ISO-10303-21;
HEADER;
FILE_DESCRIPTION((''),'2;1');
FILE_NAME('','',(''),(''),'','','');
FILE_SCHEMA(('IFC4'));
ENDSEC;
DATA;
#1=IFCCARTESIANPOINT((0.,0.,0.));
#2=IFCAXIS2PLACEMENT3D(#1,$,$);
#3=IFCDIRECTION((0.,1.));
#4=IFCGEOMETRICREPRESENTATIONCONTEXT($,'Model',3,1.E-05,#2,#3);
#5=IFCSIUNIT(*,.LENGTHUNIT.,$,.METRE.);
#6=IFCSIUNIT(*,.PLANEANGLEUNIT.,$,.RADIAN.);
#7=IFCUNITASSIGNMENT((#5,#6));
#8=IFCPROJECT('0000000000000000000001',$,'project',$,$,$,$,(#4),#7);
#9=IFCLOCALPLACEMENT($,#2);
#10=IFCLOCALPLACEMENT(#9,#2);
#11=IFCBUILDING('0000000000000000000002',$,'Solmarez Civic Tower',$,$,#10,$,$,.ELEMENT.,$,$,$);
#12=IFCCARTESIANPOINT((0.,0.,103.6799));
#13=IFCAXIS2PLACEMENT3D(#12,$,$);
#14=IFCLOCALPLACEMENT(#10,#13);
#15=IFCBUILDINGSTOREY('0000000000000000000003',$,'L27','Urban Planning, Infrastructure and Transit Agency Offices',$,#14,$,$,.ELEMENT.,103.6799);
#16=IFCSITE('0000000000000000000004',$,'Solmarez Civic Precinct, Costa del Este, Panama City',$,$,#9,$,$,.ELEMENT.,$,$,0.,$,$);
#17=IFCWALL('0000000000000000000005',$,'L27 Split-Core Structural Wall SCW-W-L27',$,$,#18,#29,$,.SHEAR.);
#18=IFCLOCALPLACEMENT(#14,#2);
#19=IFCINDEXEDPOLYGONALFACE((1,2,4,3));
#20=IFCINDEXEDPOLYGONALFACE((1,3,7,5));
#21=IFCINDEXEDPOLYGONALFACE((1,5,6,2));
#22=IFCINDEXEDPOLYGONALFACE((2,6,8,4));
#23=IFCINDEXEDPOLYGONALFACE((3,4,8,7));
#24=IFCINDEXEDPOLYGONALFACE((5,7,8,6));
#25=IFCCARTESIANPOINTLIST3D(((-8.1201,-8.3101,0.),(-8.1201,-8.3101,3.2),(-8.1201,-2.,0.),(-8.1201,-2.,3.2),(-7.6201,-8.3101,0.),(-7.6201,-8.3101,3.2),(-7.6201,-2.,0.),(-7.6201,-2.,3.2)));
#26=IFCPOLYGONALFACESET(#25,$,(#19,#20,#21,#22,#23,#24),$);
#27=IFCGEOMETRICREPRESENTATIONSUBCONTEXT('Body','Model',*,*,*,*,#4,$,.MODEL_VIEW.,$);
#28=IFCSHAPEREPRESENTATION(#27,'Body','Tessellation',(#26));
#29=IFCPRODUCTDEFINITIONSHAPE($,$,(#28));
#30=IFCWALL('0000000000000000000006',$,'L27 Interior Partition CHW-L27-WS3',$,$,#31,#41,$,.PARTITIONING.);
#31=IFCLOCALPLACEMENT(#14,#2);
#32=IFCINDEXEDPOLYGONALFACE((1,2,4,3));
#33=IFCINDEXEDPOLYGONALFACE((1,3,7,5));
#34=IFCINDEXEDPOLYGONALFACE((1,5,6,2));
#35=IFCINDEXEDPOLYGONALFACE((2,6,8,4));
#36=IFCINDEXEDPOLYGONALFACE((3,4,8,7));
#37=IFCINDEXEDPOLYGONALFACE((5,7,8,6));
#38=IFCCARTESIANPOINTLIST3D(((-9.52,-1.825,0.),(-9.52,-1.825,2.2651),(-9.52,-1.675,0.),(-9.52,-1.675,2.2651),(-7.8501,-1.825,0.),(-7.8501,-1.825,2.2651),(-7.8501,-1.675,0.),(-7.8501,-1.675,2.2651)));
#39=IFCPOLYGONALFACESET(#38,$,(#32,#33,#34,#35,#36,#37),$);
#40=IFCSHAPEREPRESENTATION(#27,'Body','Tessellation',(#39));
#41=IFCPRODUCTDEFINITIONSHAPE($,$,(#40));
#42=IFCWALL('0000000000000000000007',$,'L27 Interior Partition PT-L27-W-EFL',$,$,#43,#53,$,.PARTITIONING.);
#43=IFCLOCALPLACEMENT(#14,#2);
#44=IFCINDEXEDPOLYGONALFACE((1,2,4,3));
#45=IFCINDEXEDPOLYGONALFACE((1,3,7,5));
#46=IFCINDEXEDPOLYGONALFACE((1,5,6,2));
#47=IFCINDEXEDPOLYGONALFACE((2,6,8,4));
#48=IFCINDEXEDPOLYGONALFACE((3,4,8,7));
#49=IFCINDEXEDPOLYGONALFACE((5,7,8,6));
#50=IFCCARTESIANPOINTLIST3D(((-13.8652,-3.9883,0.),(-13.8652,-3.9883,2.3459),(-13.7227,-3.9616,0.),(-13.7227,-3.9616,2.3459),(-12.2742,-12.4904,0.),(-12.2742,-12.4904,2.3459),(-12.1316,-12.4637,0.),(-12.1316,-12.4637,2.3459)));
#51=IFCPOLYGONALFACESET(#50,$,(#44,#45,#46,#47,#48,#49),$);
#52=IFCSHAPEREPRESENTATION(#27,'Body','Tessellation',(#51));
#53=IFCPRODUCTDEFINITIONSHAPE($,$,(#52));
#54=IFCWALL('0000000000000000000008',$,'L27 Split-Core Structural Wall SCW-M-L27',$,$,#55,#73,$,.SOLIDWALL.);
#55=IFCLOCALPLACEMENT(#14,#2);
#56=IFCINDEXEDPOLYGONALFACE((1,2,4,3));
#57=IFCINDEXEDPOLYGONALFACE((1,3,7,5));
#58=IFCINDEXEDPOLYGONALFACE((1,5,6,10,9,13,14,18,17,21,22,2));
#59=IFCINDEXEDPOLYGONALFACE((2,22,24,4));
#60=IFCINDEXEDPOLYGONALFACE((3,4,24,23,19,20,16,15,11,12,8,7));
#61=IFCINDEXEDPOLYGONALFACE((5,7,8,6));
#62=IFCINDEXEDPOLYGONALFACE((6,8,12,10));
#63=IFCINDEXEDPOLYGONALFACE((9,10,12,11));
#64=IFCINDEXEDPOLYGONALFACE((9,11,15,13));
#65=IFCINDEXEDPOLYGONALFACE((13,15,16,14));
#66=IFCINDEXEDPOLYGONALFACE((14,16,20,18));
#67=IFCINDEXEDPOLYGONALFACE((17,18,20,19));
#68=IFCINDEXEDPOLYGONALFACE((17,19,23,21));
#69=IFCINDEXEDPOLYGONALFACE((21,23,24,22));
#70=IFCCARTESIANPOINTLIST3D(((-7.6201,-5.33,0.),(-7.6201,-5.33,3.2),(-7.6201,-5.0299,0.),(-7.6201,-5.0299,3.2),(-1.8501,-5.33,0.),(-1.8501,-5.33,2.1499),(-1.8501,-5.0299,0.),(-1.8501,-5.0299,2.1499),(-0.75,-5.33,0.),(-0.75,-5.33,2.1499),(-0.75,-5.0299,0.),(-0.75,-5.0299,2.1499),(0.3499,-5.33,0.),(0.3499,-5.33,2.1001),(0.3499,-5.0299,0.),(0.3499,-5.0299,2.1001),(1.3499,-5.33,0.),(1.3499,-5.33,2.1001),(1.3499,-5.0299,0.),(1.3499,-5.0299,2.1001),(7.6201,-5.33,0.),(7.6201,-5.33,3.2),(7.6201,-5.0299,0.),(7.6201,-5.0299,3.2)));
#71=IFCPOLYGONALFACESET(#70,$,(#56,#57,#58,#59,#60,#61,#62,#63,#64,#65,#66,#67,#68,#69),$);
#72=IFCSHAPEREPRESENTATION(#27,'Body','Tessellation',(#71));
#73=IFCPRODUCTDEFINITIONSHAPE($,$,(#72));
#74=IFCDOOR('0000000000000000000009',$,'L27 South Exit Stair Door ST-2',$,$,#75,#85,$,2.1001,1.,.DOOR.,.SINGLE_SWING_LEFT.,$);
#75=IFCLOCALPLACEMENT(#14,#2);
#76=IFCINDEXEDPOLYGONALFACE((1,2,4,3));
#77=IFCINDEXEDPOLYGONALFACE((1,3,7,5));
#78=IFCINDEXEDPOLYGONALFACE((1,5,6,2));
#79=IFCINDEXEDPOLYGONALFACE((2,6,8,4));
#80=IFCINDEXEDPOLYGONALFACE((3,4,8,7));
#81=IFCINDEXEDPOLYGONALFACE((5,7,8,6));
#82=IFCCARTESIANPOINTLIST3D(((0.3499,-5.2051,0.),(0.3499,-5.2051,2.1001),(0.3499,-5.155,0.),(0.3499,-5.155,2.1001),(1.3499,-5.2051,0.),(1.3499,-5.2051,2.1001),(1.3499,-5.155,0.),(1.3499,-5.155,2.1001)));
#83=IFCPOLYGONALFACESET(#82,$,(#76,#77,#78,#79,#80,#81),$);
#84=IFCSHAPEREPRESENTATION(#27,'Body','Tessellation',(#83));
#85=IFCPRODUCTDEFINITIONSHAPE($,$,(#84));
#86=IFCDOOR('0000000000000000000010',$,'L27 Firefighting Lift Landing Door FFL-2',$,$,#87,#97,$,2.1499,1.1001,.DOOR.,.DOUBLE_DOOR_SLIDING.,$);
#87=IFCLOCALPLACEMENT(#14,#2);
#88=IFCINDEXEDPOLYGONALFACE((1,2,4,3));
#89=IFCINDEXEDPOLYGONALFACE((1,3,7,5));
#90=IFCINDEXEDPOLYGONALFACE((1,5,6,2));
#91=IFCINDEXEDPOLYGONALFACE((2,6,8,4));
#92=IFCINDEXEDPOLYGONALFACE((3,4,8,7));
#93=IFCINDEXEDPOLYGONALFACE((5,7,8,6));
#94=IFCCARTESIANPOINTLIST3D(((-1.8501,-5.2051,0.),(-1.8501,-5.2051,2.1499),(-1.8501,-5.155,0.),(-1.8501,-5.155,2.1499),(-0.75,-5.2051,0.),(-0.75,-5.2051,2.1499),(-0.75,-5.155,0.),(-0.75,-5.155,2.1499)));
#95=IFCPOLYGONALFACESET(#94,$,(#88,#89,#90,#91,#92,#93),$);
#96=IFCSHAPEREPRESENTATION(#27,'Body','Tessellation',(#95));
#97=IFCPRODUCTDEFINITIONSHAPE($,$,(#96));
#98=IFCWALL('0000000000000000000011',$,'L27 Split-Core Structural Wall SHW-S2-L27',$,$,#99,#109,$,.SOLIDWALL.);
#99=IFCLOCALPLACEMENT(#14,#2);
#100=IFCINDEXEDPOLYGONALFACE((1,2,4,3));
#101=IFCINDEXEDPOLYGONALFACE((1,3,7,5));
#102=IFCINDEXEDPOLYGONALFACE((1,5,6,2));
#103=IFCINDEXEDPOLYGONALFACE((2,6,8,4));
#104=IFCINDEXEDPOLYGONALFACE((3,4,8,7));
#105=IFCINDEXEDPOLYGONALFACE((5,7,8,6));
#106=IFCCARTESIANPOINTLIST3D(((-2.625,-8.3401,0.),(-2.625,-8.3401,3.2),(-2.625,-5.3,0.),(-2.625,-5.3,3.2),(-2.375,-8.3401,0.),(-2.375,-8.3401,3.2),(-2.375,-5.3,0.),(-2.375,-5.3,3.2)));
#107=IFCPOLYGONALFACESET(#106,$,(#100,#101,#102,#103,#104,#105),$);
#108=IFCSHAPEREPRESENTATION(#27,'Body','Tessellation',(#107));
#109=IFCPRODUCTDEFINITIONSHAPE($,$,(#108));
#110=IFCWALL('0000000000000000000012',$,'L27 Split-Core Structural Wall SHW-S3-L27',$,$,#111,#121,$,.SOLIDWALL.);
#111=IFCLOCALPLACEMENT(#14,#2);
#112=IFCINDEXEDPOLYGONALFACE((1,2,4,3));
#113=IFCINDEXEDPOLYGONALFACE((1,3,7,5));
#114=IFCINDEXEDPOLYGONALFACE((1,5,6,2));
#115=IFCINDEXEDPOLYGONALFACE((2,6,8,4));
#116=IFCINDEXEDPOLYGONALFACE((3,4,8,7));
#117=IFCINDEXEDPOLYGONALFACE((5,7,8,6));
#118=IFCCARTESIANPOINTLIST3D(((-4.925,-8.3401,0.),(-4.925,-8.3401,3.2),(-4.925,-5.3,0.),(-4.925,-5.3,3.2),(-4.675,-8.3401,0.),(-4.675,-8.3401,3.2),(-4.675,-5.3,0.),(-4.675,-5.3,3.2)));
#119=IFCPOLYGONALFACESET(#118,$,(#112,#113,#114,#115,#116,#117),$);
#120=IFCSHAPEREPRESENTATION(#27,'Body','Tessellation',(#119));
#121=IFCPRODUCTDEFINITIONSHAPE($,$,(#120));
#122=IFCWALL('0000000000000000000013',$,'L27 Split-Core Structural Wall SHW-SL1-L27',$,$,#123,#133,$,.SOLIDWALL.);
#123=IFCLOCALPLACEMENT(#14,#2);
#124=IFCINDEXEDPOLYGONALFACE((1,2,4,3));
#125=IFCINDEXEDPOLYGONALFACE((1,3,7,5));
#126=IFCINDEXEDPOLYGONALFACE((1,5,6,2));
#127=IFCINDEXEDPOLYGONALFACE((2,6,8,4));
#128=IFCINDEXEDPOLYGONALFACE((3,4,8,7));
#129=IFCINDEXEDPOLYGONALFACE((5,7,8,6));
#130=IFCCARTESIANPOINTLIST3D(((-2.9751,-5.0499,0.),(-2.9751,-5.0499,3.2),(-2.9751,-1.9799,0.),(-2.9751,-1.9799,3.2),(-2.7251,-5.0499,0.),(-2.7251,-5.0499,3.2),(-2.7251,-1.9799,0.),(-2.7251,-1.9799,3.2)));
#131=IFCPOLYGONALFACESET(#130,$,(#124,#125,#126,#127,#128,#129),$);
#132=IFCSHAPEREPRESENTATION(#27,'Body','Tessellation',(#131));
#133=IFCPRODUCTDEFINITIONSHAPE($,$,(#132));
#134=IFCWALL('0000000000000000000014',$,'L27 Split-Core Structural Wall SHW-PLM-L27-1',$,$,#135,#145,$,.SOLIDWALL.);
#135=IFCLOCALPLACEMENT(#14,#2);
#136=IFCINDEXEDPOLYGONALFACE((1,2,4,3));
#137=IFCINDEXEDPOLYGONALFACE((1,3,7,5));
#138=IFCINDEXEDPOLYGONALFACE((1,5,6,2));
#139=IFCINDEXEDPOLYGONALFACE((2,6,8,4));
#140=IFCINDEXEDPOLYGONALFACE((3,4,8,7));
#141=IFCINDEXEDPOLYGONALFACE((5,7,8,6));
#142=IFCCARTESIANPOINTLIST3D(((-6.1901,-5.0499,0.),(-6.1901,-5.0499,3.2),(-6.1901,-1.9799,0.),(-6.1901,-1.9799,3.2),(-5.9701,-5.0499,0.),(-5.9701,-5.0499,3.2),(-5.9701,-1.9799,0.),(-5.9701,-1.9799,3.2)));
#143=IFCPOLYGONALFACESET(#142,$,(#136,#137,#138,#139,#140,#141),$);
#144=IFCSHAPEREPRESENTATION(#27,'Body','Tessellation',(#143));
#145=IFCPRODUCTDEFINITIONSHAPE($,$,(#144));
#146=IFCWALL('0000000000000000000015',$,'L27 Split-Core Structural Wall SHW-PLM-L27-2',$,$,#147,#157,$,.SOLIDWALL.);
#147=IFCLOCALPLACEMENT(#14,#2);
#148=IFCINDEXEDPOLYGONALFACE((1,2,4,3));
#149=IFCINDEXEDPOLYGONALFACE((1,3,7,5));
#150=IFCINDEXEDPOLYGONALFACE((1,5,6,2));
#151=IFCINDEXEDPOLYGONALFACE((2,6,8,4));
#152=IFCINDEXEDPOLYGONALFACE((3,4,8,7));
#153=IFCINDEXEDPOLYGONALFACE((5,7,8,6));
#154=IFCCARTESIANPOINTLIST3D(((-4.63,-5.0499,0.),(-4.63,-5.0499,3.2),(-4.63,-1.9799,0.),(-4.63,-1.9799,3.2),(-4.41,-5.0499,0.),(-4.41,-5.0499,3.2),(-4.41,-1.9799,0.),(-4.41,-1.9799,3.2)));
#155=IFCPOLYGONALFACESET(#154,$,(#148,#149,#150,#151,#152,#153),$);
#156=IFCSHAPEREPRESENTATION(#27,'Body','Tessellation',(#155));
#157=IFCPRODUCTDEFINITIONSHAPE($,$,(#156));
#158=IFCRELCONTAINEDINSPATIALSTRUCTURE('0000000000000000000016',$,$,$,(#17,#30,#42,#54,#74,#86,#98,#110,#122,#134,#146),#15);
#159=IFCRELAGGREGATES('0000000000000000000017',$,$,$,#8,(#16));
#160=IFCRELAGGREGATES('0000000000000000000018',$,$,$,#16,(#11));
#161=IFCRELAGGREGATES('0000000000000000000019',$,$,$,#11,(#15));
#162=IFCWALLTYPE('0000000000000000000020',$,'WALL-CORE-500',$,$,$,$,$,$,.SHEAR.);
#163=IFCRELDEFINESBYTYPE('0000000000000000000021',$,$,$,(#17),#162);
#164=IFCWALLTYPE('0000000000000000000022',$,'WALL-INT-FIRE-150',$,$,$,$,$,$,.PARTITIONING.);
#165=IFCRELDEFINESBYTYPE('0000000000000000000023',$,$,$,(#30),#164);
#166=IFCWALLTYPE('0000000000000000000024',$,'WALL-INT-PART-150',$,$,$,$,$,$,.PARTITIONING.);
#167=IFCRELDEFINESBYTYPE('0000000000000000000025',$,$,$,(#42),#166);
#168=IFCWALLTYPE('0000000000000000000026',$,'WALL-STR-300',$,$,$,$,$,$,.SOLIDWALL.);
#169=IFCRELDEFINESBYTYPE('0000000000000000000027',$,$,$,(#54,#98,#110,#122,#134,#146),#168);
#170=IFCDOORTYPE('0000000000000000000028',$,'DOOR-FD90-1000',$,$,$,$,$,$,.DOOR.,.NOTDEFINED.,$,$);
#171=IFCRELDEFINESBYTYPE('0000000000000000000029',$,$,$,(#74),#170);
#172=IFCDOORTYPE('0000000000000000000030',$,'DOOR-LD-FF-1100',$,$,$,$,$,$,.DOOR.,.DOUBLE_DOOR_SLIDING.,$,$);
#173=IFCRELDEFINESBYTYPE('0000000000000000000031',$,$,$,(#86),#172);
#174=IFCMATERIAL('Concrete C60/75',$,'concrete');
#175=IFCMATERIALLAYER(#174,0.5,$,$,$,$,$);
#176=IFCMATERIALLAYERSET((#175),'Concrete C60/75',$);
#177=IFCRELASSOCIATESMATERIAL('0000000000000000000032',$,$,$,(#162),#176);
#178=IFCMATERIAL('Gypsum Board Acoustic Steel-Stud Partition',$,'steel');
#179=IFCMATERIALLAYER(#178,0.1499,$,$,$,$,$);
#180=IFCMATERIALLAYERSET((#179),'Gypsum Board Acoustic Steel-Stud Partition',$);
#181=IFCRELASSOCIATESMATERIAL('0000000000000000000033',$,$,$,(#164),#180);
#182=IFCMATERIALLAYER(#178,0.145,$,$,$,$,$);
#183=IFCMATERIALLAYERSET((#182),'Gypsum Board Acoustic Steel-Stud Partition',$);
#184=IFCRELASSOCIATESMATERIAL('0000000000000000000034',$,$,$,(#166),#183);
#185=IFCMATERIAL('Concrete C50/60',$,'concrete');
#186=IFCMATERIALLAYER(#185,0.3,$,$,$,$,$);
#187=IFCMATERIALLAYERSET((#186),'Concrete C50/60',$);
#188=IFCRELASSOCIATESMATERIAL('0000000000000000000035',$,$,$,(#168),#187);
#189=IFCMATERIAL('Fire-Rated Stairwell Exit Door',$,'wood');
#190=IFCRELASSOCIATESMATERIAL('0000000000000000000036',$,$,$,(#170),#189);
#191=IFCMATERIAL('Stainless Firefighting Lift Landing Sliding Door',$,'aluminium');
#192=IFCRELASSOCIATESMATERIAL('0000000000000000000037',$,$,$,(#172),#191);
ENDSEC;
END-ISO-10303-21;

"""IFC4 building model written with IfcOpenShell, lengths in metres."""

from ifc_helpers import new_model, si_unit, direction, frame, frame_2d, origin, place, context, subcontext, project, spatial, rectangle, extrude, material, layer, layer_set, type_object, element, fill, save


model = new_model("IFC4")

# Units and contexts
model_context = context("Model", 3, precision=1e-05, world=origin(), true_north=direction((0.0, 1.0)))
body_context = subcontext(model_context, "Body", "Model", "MODEL_VIEW")
ifc_project = project(units=[si_unit("LENGTHUNIT", "METRE"), si_unit("PLANEANGLEUNIT", "RADIAN")], contexts=[model_context])

# Site, building, storey
site_placement = place(None, origin())
site = spatial("IfcSite", under=ifc_project, at=site_placement, Name="Solmarez Civic Precinct, Costa del Este, Panama City", CompositionType="ELEMENT", RefElevation=0.0)
building_placement = place(site_placement, origin())
building = spatial("IfcBuilding", under=site, at=building_placement, Name="Solmarez Civic Tower", CompositionType="ELEMENT")
storey_placement = place(building_placement, frame((0.0, 0.0, 103.6799)))
storey = spatial("IfcBuildingStorey", under=building, at=storey_placement, Name="L27", Description="Urban Planning, Infrastructure and Transit Agency Offices", CompositionType="ELEMENT", Elevation=103.6799)

# Shared definitions
ifc_material_1 = material(Name="Concrete C60/75", Category="concrete")

# Shared definitions
ifc_layer_1 = layer(ifc_material_1, 0.5)
ifc_layer_set_1 = layer_set([ifc_layer_1], Name="Concrete C60/75")
wall_type_1 = type_object("IfcWallType", Name="WALL-CORE-500", PredefinedType="SHEAR", material=ifc_layer_set_1)

# Walls
wall_1_placement = place(storey_placement, frame((-7.8701, -8.3101, 0.0), z_axis=(0.0, 0.0, 1.0), x_axis=(0.0, 1.0, 0.0)))
element("IfcWall", 1, at=wall_1_placement, inside=storey, type_object=wall_type_1, Name="L27 Split-Core Structural Wall SCW-W-L27", PredefinedType="SHEAR", context=body_context, shape_type="SweptSolid", body=[
    extrude(rectangle(XDim=6.3101, YDim=0.5, at=frame_2d((3.155, 0.0))), origin(), (0.0, 0.0, 1.0), 3.2),
])
ifc_material_2 = material(Name="Gypsum Board Acoustic Steel-Stud Partition", Category="steel")
ifc_layer_2 = layer(ifc_material_2, 0.1499)
ifc_layer_set_2 = layer_set([ifc_layer_2], Name="Gypsum Board Acoustic Steel-Stud Partition")
wall_type_2 = type_object("IfcWallType", Name="WALL-INT-FIRE-150", PredefinedType="PARTITIONING", material=ifc_layer_set_2)
wall_2_placement = place(storey_placement, frame((-7.8501, -1.75, 0.0), z_axis=(0.0, 0.0, 1.0), x_axis=(-1.0, 0.0, 0.0)))
element("IfcWall", 2, at=wall_2_placement, inside=storey, type_object=wall_type_2, Name="L27 Interior Partition CHW-L27-WS3", PredefinedType="PARTITIONING", context=body_context, shape_type="SweptSolid", body=[
    extrude(rectangle(XDim=1.6699, YDim=0.1499, at=frame_2d((0.835, 0.0))), origin(), (0.0, 0.0, 1.0), 2.2651),
])
ifc_layer_3 = layer(ifc_material_2, 0.145)
ifc_layer_set_3 = layer_set([ifc_layer_3], Name="Gypsum Board Acoustic Steel-Stud Partition")
wall_type_3 = type_object("IfcWallType", Name="WALL-INT-PART-150", PredefinedType="PARTITIONING", material=ifc_layer_set_3)
wall_3_placement = place(storey_placement, frame((-13.7939, -3.9751, 0.0), z_axis=(0.0, 0.0, 1.0), x_axis=(0.183948, -0.982936, 0.0)))
element("IfcWall", 3, at=wall_3_placement, inside=storey, type_object=wall_type_3, Name="L27 Interior Partition PT-L27-W-EFL", PredefinedType="PARTITIONING", context=body_context, shape_type="SweptSolid", body=[
    extrude(rectangle(XDim=8.6497, YDim=0.145, at=frame_2d((4.3247, 0.0))), origin(), (0.0, 0.0, 1.0), 2.3459),
])

# Wall, openings, doors
ifc_material_3 = material(Name="Concrete C50/60", Category="concrete")
ifc_layer_4 = layer(ifc_material_3, 0.3)
ifc_layer_set_4 = layer_set([ifc_layer_4], Name="Concrete C50/60")
wall_type_4 = type_object("IfcWallType", Name="WALL-STR-300", PredefinedType="SOLIDWALL", material=ifc_layer_set_4)
wall_4_placement = place(storey_placement, frame((-7.6201, -5.1799, 0.0), z_axis=(0.0, 0.0, 1.0), x_axis=(1.0, 0.0, 0.0)))
wall_4 = element("IfcWall", 4, at=wall_4_placement, inside=storey, type_object=wall_type_4, Name="L27 Split-Core Structural Wall SCW-M-L27", PredefinedType="SOLIDWALL", context=body_context, shape_type="SweptSolid", body=[
    extrude(rectangle(XDim=15.2402, YDim=0.3, at=frame_2d((7.6201, 0.0))), origin(), (0.0, 0.0, 1.0), 3.2),
])
opening_1_placement = place(wall_4_placement, frame((5.77, 0.0, 0.0)))
opening_1 = element("IfcOpeningElement", 5, at=opening_1_placement, cuts=wall_4, PredefinedType="OPENING", context=body_context, shape_type="SweptSolid", body=[
    extrude(rectangle(XDim=1.1001, YDim=2.1499, at=frame_2d((0.55, 1.075))), frame((0.0, 0.1599, 0.0), z_axis=(0.0, -1.0, 0.0), x_axis=(1.0, 0.0, 0.0)), (0.0, 0.0, 1.0), 0.3201),
])
opening_2_placement = place(wall_4_placement, frame((7.97, 0.0, 0.0)))
opening_2 = element("IfcOpeningElement", 6, at=opening_2_placement, cuts=wall_4, PredefinedType="OPENING", context=body_context, shape_type="SweptSolid", body=[
    extrude(rectangle(XDim=1.0, YDim=2.1001, at=frame_2d((0.5, 1.05))), frame((0.0, 0.1599, 0.0), z_axis=(0.0, -1.0, 0.0), x_axis=(1.0, 0.0, 0.0)), (0.0, 0.0, 1.0), 0.3201),
])
ifc_material_4 = material(Name="Fire-Rated Stairwell Exit Door", Category="wood")
door_type_1 = type_object("IfcDoorType", Name="DOOR-FD90-1000", OperationType="NOTDEFINED", PredefinedType="DOOR", material=ifc_material_4)
door_1_placement = place(opening_2_placement, origin())
door_1 = element("IfcDoor", 7, at=door_1_placement, inside=storey, type_object=door_type_1, Name="L27 South Exit Stair Door ST-2", OperationType="SINGLE_SWING_LEFT", OverallHeight=2.1001, OverallWidth=1.0, PredefinedType="DOOR", context=body_context, shape_type="SweptSolid", body=[
    extrude(rectangle(XDim=1.0, YDim=2.1001, at=frame_2d((0.5, 1.05))), frame((0.0, 0.0249, 0.0), z_axis=(0.0, -1.0, 0.0), x_axis=(1.0, 0.0, 0.0)), (0.0, 0.0, 1.0), 0.05),
])
fill(opening_2, door_1)
ifc_material_5 = material(Name="Stainless Firefighting Lift Landing Sliding Door", Category="aluminium")
door_type_2 = type_object("IfcDoorType", Name="DOOR-LD-FF-1100", OperationType="DOUBLE_DOOR_SLIDING", PredefinedType="DOOR", material=ifc_material_5)
door_2_placement = place(opening_1_placement, origin())
door_2 = element("IfcDoor", 8, at=door_2_placement, inside=storey, type_object=door_type_2, Name="L27 Firefighting Lift Landing Door FFL-2", OperationType="DOUBLE_DOOR_SLIDING", OverallHeight=2.1499, OverallWidth=1.1001, PredefinedType="DOOR", context=body_context, shape_type="SweptSolid", body=[
    extrude(rectangle(XDim=1.1001, YDim=2.1499, at=frame_2d((0.55, 1.075))), frame((0.0, 0.0249, 0.0), z_axis=(0.0, -1.0, 0.0), x_axis=(1.0, 0.0, 0.0)), (0.0, 0.0, 1.0), 0.05),
])
fill(opening_1, door_2)

# Walls
for number, where, z_axis, x_axis, name in (
    (9, (-2.5, -8.3401, 0.0), (0.0, 0.0, 1.0), (0.0, 1.0, 0.0), "L27 Split-Core Structural Wall SHW-S2-L27"),
    (10, (-4.8, -8.3401, 0.0), (0.0, 0.0, 1.0), (0.0, 1.0, 0.0), "L27 Split-Core Structural Wall SHW-S3-L27"),
):
    element("IfcWall", number, at=place(storey_placement, frame(where, z_axis=z_axis, x_axis=x_axis)), inside=storey, type_object=wall_type_4, Name=name, PredefinedType="SOLIDWALL", context=body_context, shape_type="SweptSolid", body=[
        extrude(rectangle(XDim=3.04, YDim=0.25, at=frame_2d((1.52, 0.0))), origin(), (0.0, 0.0, 1.0), 3.2),
    ])
wall_5_placement = place(storey_placement, frame((-2.8501, -5.05, 0.0), z_axis=(0.0, 0.0, 1.0), x_axis=(0.0, 1.0, 0.0)))
element("IfcWall", 11, at=wall_5_placement, inside=storey, type_object=wall_type_4, Name="L27 Split-Core Structural Wall SHW-SL1-L27", PredefinedType="SOLIDWALL", context=body_context, shape_type="SweptSolid", body=[
    extrude(rectangle(XDim=3.0701, YDim=0.25, at=frame_2d((1.5352, 0.0))), origin(), (0.0, 0.0, 1.0), 3.2),
])
for number, where, z_axis, x_axis, name in (
    (12, (-6.0801, -5.05, 0.0), (0.0, 0.0, 1.0), (0.0, 1.0, 0.0), "L27 Split-Core Structural Wall SHW-PLM-L27-1"),
    (13, (-4.52, -5.05, 0.0), (0.0, 0.0, 1.0), (0.0, 1.0, 0.0), "L27 Split-Core Structural Wall SHW-PLM-L27-2"),
):
    element("IfcWall", number, at=place(storey_placement, frame(where, z_axis=z_axis, x_axis=x_axis)), inside=storey, type_object=wall_type_4, Name=name, PredefinedType="SOLIDWALL", context=body_context, shape_type="SweptSolid", body=[
        extrude(rectangle(XDim=3.0701, YDim=0.22, at=frame_2d((1.5352, 0.0))), origin(), (0.0, 0.0, 1.0), 3.2),
    ])

save(model, "model.ifc")
